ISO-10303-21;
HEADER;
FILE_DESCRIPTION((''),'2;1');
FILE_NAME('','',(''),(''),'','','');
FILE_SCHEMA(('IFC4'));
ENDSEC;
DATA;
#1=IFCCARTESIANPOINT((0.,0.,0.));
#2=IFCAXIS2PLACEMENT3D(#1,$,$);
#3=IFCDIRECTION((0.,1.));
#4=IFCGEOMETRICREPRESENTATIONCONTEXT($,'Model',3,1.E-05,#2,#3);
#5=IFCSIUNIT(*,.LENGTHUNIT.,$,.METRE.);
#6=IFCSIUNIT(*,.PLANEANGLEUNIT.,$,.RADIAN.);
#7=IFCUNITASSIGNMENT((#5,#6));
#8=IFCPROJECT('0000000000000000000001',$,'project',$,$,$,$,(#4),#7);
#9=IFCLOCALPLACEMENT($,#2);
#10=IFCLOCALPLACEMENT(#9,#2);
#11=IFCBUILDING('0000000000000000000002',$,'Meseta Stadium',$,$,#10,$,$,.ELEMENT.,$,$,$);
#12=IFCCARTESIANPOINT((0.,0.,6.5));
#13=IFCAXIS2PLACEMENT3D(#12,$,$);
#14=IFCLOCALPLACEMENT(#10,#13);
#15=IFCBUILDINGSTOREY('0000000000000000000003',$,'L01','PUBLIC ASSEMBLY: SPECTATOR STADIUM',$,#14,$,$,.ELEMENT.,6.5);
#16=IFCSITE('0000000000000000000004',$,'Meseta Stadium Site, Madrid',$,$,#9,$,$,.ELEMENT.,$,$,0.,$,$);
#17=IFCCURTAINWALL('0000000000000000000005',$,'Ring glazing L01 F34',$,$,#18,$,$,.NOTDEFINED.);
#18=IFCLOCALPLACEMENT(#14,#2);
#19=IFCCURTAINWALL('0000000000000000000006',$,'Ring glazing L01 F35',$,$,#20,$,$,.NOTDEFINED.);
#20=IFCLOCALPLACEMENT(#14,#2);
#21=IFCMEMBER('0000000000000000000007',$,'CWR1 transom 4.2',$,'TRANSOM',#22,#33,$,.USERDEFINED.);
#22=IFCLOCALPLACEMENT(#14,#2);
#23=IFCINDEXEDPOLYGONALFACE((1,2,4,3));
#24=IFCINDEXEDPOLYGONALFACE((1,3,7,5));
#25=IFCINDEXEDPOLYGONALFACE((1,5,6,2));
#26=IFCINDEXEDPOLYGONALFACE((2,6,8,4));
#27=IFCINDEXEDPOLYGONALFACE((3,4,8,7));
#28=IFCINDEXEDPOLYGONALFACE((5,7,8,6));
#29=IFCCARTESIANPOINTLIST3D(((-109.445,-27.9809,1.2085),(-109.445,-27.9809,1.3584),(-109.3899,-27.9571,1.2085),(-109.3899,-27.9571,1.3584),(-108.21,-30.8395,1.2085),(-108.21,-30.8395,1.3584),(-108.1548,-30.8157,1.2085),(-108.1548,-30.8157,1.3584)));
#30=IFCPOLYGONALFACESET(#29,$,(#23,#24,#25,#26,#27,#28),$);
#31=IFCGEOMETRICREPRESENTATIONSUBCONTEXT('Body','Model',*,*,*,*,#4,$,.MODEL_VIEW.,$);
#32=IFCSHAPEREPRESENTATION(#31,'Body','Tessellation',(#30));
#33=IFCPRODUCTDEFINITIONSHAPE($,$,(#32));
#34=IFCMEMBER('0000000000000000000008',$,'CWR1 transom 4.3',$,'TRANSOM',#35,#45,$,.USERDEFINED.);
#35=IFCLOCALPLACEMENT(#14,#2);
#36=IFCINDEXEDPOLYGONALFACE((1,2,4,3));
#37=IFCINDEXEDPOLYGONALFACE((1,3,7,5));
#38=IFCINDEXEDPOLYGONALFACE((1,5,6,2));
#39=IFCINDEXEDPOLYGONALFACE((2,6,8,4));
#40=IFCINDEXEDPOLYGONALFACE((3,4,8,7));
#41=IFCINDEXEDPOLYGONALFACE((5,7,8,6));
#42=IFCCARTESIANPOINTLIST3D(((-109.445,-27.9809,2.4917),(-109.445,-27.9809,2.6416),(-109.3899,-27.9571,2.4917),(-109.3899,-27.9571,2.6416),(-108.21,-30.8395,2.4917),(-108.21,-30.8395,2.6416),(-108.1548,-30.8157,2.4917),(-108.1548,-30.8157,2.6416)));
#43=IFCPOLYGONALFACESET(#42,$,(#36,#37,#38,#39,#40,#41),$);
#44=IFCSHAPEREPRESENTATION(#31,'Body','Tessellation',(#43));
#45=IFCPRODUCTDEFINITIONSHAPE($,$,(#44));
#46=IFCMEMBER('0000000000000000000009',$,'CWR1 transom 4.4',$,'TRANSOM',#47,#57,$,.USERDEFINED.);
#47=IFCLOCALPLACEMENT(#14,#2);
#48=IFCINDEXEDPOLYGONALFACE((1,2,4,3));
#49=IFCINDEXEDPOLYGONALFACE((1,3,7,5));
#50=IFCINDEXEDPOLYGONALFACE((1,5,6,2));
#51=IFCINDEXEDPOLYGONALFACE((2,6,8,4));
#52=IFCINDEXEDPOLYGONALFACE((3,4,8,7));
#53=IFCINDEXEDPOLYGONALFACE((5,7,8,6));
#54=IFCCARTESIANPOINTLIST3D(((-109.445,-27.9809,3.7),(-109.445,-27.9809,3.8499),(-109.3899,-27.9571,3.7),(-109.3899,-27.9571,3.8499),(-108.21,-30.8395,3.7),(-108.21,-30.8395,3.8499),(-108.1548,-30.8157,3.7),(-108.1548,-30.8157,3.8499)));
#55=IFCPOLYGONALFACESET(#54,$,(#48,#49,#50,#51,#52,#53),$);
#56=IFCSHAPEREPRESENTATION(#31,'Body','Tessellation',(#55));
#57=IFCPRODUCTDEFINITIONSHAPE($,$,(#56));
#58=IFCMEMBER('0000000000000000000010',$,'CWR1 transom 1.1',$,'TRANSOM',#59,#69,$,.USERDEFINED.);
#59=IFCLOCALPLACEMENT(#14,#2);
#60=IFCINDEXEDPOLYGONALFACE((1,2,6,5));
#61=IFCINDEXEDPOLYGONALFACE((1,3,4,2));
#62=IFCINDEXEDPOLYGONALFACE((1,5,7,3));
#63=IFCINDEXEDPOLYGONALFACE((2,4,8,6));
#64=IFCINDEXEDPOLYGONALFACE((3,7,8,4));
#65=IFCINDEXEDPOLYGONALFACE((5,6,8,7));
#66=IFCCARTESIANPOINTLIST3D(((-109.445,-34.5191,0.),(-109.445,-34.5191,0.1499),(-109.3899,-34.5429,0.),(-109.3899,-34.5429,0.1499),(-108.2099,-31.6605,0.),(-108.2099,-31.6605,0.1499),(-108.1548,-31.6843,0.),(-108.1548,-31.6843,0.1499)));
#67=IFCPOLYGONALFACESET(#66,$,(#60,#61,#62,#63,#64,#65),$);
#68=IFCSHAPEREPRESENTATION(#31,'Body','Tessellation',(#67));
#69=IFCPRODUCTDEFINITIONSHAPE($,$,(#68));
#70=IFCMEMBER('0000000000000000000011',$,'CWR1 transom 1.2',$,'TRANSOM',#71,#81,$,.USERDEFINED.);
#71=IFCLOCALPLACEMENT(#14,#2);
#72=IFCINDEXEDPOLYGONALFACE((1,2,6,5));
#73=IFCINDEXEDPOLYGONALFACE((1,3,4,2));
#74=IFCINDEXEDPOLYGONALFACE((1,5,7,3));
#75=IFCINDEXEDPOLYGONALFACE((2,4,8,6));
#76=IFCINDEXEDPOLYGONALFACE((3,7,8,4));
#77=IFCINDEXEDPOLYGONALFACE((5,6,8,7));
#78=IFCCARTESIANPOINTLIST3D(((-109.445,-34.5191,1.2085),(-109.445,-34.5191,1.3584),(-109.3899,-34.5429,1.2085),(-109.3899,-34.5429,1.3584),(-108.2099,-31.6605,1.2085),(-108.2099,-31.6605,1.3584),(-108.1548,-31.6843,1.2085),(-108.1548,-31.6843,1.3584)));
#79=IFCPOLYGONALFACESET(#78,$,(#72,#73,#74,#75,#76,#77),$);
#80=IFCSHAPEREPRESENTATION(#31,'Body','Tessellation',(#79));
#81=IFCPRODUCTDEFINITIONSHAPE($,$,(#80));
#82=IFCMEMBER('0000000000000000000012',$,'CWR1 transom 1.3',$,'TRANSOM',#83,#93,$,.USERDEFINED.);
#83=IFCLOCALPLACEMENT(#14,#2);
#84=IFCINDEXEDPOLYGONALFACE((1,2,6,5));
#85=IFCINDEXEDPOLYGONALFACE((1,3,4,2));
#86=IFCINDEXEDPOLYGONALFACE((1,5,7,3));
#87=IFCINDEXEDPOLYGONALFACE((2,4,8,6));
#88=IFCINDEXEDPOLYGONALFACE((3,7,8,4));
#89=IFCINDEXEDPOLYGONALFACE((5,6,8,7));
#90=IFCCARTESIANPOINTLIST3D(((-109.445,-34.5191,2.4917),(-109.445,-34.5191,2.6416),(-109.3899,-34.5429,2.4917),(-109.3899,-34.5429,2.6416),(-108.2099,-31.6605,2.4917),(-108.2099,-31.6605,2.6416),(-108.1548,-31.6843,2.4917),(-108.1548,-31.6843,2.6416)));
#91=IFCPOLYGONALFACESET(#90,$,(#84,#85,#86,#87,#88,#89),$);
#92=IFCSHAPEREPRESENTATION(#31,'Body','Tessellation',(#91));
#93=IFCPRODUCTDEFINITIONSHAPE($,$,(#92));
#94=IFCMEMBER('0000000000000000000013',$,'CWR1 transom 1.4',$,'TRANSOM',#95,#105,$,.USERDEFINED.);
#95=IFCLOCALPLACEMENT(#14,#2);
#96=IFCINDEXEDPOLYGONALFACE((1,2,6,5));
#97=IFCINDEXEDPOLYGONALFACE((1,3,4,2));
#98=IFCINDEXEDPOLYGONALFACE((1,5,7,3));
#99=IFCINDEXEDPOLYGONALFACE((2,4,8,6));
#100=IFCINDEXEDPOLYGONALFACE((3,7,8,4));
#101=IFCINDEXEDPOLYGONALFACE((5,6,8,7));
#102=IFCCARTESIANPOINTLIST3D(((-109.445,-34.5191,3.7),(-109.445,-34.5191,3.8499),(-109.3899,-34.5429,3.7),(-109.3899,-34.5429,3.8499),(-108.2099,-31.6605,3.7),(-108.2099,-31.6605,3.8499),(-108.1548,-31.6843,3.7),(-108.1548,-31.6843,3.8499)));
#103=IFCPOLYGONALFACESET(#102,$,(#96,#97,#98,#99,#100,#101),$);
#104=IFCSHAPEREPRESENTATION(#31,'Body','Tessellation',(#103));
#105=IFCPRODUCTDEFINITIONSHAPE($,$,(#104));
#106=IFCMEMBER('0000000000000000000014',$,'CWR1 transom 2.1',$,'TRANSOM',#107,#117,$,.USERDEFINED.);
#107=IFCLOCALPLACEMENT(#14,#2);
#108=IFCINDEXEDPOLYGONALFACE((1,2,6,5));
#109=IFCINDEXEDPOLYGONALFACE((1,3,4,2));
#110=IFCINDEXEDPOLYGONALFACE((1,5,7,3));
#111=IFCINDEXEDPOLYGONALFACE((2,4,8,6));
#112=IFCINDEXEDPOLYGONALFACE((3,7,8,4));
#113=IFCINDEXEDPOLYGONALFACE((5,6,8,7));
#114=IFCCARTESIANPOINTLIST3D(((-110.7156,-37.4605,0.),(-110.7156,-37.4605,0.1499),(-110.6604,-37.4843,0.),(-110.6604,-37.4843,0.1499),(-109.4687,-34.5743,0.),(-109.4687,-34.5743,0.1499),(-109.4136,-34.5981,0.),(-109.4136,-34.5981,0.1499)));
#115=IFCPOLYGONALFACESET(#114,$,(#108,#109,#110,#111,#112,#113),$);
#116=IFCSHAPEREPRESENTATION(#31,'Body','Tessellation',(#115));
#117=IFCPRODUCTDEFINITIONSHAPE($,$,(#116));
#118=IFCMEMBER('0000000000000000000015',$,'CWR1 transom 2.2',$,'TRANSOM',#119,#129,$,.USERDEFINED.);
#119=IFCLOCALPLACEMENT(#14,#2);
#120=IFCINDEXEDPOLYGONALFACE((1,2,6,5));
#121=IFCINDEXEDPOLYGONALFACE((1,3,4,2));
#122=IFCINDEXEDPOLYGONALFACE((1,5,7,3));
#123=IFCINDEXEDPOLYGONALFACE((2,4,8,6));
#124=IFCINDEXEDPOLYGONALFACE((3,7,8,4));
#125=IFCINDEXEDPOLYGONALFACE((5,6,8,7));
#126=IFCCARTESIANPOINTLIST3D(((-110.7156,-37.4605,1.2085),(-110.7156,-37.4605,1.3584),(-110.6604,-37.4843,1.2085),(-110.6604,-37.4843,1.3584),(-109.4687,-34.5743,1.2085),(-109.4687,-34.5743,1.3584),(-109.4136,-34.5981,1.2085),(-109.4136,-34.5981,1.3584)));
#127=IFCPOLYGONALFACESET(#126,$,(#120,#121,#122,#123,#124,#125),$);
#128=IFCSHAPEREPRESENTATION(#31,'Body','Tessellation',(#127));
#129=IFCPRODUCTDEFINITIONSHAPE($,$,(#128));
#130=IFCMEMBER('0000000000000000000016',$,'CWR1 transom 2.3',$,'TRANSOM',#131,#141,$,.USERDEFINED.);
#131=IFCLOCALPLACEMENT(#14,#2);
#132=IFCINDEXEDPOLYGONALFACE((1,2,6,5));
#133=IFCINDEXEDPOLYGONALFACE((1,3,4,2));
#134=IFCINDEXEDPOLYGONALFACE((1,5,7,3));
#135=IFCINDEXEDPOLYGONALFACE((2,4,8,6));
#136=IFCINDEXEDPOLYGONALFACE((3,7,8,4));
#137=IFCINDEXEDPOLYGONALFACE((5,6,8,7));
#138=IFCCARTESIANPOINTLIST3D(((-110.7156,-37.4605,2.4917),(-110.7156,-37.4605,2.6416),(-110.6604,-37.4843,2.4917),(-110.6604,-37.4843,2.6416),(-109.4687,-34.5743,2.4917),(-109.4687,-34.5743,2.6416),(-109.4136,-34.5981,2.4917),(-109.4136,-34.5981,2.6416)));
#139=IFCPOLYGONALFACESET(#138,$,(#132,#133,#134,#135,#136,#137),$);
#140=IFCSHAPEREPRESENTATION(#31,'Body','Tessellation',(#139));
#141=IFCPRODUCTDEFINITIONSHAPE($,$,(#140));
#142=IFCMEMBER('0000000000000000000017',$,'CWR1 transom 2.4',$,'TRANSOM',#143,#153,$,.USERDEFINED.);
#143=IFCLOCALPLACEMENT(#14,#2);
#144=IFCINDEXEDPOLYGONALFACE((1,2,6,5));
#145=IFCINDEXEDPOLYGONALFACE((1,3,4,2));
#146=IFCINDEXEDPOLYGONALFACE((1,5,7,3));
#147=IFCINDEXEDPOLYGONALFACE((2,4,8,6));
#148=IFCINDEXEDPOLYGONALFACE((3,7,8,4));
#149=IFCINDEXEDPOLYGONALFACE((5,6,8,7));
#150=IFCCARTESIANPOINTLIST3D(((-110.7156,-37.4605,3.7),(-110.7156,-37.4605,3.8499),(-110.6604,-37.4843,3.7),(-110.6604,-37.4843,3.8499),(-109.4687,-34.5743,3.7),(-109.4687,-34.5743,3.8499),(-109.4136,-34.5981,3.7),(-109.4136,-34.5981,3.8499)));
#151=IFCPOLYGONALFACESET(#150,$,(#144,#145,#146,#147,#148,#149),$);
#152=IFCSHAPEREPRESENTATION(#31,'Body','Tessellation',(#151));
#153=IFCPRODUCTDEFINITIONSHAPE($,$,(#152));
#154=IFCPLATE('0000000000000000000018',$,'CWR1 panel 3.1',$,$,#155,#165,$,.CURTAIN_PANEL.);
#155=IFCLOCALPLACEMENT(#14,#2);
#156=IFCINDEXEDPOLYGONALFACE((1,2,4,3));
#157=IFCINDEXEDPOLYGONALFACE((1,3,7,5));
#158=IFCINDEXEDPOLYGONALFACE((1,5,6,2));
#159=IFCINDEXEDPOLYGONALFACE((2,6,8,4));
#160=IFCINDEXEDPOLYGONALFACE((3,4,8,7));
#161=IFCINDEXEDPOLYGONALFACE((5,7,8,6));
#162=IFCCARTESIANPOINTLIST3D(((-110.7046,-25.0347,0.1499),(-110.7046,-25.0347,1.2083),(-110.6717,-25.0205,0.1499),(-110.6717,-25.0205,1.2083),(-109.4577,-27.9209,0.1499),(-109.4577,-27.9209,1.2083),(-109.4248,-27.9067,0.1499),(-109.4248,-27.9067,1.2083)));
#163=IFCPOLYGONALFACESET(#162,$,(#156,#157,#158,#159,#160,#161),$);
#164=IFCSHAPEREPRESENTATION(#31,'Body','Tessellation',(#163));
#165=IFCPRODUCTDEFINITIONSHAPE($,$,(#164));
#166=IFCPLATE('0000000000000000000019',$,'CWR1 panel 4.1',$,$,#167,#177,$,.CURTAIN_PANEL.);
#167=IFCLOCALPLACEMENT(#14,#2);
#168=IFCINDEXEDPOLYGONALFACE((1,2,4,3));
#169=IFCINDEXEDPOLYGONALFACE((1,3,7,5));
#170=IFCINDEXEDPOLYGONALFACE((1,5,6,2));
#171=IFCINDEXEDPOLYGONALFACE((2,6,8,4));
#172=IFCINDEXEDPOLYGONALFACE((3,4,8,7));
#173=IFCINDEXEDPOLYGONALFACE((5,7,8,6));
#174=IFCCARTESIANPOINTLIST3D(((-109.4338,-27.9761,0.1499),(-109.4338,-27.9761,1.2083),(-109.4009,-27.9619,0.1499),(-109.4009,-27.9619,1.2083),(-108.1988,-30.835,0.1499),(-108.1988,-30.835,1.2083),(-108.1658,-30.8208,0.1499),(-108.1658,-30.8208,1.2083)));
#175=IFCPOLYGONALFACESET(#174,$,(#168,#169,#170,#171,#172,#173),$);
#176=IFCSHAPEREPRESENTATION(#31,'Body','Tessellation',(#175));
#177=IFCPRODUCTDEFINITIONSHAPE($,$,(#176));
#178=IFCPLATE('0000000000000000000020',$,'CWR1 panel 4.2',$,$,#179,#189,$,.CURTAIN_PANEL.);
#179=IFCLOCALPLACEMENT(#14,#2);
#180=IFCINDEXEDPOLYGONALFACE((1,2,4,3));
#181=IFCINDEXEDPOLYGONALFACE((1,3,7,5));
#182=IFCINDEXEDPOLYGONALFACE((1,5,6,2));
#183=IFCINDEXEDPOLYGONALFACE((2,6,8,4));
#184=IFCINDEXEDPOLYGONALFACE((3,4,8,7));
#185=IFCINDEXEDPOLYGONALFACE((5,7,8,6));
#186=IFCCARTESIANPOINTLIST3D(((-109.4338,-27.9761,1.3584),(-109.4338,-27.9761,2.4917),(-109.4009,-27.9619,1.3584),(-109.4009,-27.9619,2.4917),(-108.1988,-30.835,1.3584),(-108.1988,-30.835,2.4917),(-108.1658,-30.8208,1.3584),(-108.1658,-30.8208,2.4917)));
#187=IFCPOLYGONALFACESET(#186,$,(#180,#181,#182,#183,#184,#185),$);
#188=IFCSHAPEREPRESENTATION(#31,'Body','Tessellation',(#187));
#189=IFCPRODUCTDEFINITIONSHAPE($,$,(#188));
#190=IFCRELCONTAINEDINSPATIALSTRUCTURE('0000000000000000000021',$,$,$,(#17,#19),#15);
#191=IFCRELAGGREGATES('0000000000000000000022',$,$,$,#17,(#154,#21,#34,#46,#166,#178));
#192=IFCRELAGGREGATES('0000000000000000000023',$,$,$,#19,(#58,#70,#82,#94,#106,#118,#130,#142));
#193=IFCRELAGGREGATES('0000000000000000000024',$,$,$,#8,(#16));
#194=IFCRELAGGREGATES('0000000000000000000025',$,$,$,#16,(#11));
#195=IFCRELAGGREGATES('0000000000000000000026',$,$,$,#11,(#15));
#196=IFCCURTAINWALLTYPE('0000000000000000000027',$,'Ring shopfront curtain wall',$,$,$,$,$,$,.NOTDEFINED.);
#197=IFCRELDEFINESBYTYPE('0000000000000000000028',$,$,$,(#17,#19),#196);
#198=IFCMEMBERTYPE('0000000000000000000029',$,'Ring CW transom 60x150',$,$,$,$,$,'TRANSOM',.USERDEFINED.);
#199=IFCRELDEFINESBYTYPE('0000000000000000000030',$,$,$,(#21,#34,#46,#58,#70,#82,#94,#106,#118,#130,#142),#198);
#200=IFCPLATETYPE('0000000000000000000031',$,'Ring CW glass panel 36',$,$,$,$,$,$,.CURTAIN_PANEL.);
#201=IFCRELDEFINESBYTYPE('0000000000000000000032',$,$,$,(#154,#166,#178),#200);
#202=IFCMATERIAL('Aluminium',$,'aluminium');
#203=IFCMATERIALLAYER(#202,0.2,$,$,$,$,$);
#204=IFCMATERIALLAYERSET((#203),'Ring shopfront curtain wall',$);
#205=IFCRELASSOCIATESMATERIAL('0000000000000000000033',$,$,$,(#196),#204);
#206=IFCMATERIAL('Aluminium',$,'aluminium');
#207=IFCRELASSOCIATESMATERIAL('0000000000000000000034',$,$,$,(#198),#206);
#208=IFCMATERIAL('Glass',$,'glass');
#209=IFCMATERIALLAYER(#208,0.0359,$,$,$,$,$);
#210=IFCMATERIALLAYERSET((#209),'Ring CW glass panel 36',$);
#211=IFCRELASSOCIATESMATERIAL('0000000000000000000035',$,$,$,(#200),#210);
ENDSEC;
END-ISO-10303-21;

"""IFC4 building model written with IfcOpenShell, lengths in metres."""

from ifc_helpers import new_model, si_unit, direction, frame, origin, origin_2d, place, context, subcontext, project, spatial, rectangle, extrude, material, layer, layer_set, material_profile, profile_set, type_object, element, aggregate, save


model = new_model("IFC4")

# Units and contexts
model_context = context("Model", 3, precision=1e-05, world=origin(), true_north=direction((0.0, 1.0)))
body_context = subcontext(model_context, "Body", "Model", "MODEL_VIEW")
ifc_project = project(units=[si_unit("LENGTHUNIT", "METRE"), si_unit("PLANEANGLEUNIT", "RADIAN")], contexts=[model_context])

# Site, building, storey
site_placement = place(None, origin())
site = spatial("IfcSite", under=ifc_project, at=site_placement, Name="Meseta Stadium Site, Madrid", CompositionType="ELEMENT", RefElevation=0.0)
building_placement = place(site_placement, origin())
building = spatial("IfcBuilding", under=site, at=building_placement, Name="Meseta Stadium", CompositionType="ELEMENT")
storey_placement = place(building_placement, frame((0.0, 0.0, 6.5)))
storey = spatial("IfcBuildingStorey", under=building, at=storey_placement, Name="L01", Description="PUBLIC ASSEMBLY: SPECTATOR STADIUM", CompositionType="ELEMENT", Elevation=6.5)

# Curtain walls
ifc_material_1 = material(Name="Aluminium", Category="aluminium")
ifc_layer_1 = layer(ifc_material_1, 0.2)
ifc_layer_set_1 = layer_set([ifc_layer_1], Name="Ring shopfront curtain wall")
curtain_wall_type = type_object("IfcCurtainWallType", Name="Ring shopfront curtain wall", PredefinedType="NOTDEFINED", material=ifc_layer_set_1)
curtain_wall_1_placement = place(storey_placement, origin())
curtain_wall_1 = element("IfcCurtainWall", 1, at=curtain_wall_1_placement, inside=storey, type_object=curtain_wall_type, Name="Ring glazing L01 F34", PredefinedType="NOTDEFINED")
curtain_wall_2_placement = place(storey_placement, origin())
curtain_wall_2 = element("IfcCurtainWall", 2, at=curtain_wall_2_placement, inside=storey, type_object=curtain_wall_type, Name="Ring glazing L01 F35", PredefinedType="NOTDEFINED")

# Members
ifc_material_2 = material(Name="Aluminium", Category="aluminium")
ifc_material_profile_1 = material_profile(ifc_material_2, rectangle(XDim=0.0601, YDim=0.1499, at=origin_2d()), Name="CW 60x150")
ifc_profile_set_1 = profile_set([ifc_material_profile_1], Name="Aluminium")
member_type_1 = type_object("IfcMemberType", Name="Ring CW transom 60x150", ElementType="TRANSOM", PredefinedType="USERDEFINED", material=ifc_profile_set_1)
member_1_placement = place(storey_placement, frame((-109.4175, -27.969, 1.2834), z_axis=(0.396624, -0.917981, 0.0), x_axis=(0.917981, 0.396624, 0.0)))
member_1 = element("IfcMember", 3, at=member_1_placement, type_object=member_type_1, Name="CWR1 transom 4.2", ObjectType="TRANSOM", PredefinedType="USERDEFINED", context=body_context, shape_type="SweptSolid", body=[
    extrude(rectangle(XDim=0.0601, YDim=0.1499, at=origin_2d()), origin(), (0.0, 0.0, 1.0), 3.114),
])
member_2_placement = place(storey_placement, frame((-109.4175, -27.969, 2.5667), z_axis=(0.396624, -0.917981, 0.0), x_axis=(0.917981, 0.396624, 0.0)))
member_2 = element("IfcMember", 4, at=member_2_placement, type_object=member_type_1, Name="CWR1 transom 4.3", ObjectType="TRANSOM", PredefinedType="USERDEFINED", context=body_context, shape_type="SweptSolid", body=[
    extrude(rectangle(XDim=0.0601, YDim=0.1499, at=origin_2d()), origin(), (0.0, 0.0, 1.0), 3.114),
])
member_3_placement = place(storey_placement, frame((-109.4175, -27.969, 3.7749), z_axis=(0.396624, -0.917981, 0.0), x_axis=(0.917981, 0.396624, 0.0)))
member_3 = element("IfcMember", 5, at=member_3_placement, type_object=member_type_1, Name="CWR1 transom 4.4", ObjectType="TRANSOM", PredefinedType="USERDEFINED", context=body_context, shape_type="SweptSolid", body=[
    extrude(rectangle(XDim=0.0601, YDim=0.1499, at=origin_2d()), origin(), (0.0, 0.0, 1.0), 3.114),
])
member_4_placement = place(storey_placement, frame((-108.1824, -31.6724, 0.075), z_axis=(-0.396624, -0.917981, 0.0), x_axis=(0.917981, -0.396624, 0.0)))
member_4 = element("IfcMember", 6, at=member_4_placement, type_object=member_type_1, Name="CWR1 transom 1.1", ObjectType="TRANSOM", PredefinedType="USERDEFINED", context=body_context, shape_type="SweptSolid", body=[
    extrude(rectangle(XDim=0.0601, YDim=0.1499, at=origin_2d()), origin(), (0.0, 0.0, 1.0), 3.114),
])
member_5_placement = place(storey_placement, frame((-108.1824, -31.6724, 1.2834), z_axis=(-0.396624, -0.917981, 0.0), x_axis=(0.917981, -0.396624, 0.0)))
member_5 = element("IfcMember", 7, at=member_5_placement, type_object=member_type_1, Name="CWR1 transom 1.2", ObjectType="TRANSOM", PredefinedType="USERDEFINED", context=body_context, shape_type="SweptSolid", body=[
    extrude(rectangle(XDim=0.0601, YDim=0.1499, at=origin_2d()), origin(), (0.0, 0.0, 1.0), 3.114),
])
member_6_placement = place(storey_placement, frame((-108.1824, -31.6724, 2.5667), z_axis=(-0.396624, -0.917981, 0.0), x_axis=(0.917981, -0.396624, 0.0)))
member_6 = element("IfcMember", 8, at=member_6_placement, type_object=member_type_1, Name="CWR1 transom 1.3", ObjectType="TRANSOM", PredefinedType="USERDEFINED", context=body_context, shape_type="SweptSolid", body=[
    extrude(rectangle(XDim=0.0601, YDim=0.1499, at=origin_2d()), origin(), (0.0, 0.0, 1.0), 3.114),
])
member_7_placement = place(storey_placement, frame((-108.1824, -31.6724, 3.7749), z_axis=(-0.396624, -0.917981, 0.0), x_axis=(0.917981, -0.396624, 0.0)))
member_7 = element("IfcMember", 9, at=member_7_placement, type_object=member_type_1, Name="CWR1 transom 1.4", ObjectType="TRANSOM", PredefinedType="USERDEFINED", context=body_context, shape_type="SweptSolid", body=[
    extrude(rectangle(XDim=0.0601, YDim=0.1499, at=origin_2d()), origin(), (0.0, 0.0, 1.0), 3.114),
])
member_8_placement = place(storey_placement, frame((-109.4412, -34.5862, 0.075), z_axis=(-0.39657, -0.918005, 0.0), x_axis=(0.918005, -0.39657, 0.0)))
member_8 = element("IfcMember", 10, at=member_8_placement, type_object=member_type_1, Name="CWR1 transom 2.1", ObjectType="TRANSOM", PredefinedType="USERDEFINED", context=body_context, shape_type="SweptSolid", body=[
    extrude(rectangle(XDim=0.0601, YDim=0.1499, at=origin_2d()), origin(), (0.0, 0.0, 1.0), 3.144),
])
member_9_placement = place(storey_placement, frame((-109.4412, -34.5862, 1.2834), z_axis=(-0.39657, -0.918005, 0.0), x_axis=(0.918005, -0.39657, 0.0)))
member_9 = element("IfcMember", 11, at=member_9_placement, type_object=member_type_1, Name="CWR1 transom 2.2", ObjectType="TRANSOM", PredefinedType="USERDEFINED", context=body_context, shape_type="SweptSolid", body=[
    extrude(rectangle(XDim=0.0601, YDim=0.1499, at=origin_2d()), origin(), (0.0, 0.0, 1.0), 3.144),
])
member_10_placement = place(storey_placement, frame((-109.4412, -34.5862, 2.5667), z_axis=(-0.39657, -0.918005, 0.0), x_axis=(0.918005, -0.39657, 0.0)))
member_10 = element("IfcMember", 12, at=member_10_placement, type_object=member_type_1, Name="CWR1 transom 2.3", ObjectType="TRANSOM", PredefinedType="USERDEFINED", context=body_context, shape_type="SweptSolid", body=[
    extrude(rectangle(XDim=0.0601, YDim=0.1499, at=origin_2d()), origin(), (0.0, 0.0, 1.0), 3.144),
])
member_11_placement = place(storey_placement, frame((-109.4412, -34.5862, 3.7749), z_axis=(-0.39657, -0.918005, 0.0), x_axis=(0.918005, -0.39657, 0.0)))
member_11 = element("IfcMember", 13, at=member_11_placement, type_object=member_type_1, Name="CWR1 transom 2.4", ObjectType="TRANSOM", PredefinedType="USERDEFINED", context=body_context, shape_type="SweptSolid", body=[
    extrude(rectangle(XDim=0.0601, YDim=0.1499, at=origin_2d()), origin(), (0.0, 0.0, 1.0), 3.144),
])

# Plates
ifc_material_3 = material(Name="Glass", Category="glass")
ifc_layer_2 = layer(ifc_material_3, 0.0359)
ifc_layer_set_2 = layer_set([ifc_layer_2], Name="Ring CW glass panel 36")
plate_type_1 = type_object("IfcPlateType", Name="Ring CW glass panel 36", PredefinedType="CURTAIN_PANEL", material=ifc_layer_set_2)
plate_1_placement = place(storey_placement, frame((-110.0647, -26.4707, 0.1499), z_axis=(0.0, 0.0, 1.0), x_axis=(0.396581, -0.918, 0.0)))
plate_1 = element("IfcPlate", 14, at=plate_1_placement, type_object=plate_type_1, Name="CWR1 panel 3.1", PredefinedType="CURTAIN_PANEL", context=body_context, shape_type="SweptSolid", body=[
    extrude(rectangle(XDim=3.144, YDim=0.0359, at=origin_2d()), origin(), (0.0, 0.0, 1.0), 1.0583),
])
plate_2_placement = place(storey_placement, frame((-108.7998, -29.3984, 0.1499), z_axis=(0.0, 0.0, 1.0), x_axis=(0.396581, -0.918, 0.0)))
plate_2 = element("IfcPlate", 15, at=plate_2_placement, type_object=plate_type_1, Name="CWR1 panel 4.1", PredefinedType="CURTAIN_PANEL", context=body_context, shape_type="SweptSolid", body=[
    extrude(rectangle(XDim=3.1143, YDim=0.0359, at=origin_2d()), origin(), (0.0, 0.0, 1.0), 1.0583),
])
plate_3_placement = place(storey_placement, frame((-108.7998, -29.3984, 1.3584), z_axis=(0.0, 0.0, 1.0), x_axis=(0.396581, -0.918, 0.0)))
plate_3 = element("IfcPlate", 16, at=plate_3_placement, type_object=plate_type_1, Name="CWR1 panel 4.2", PredefinedType="CURTAIN_PANEL", context=body_context, shape_type="SweptSolid", body=[
    extrude(rectangle(XDim=3.1143, YDim=0.0359, at=origin_2d()), origin(), (0.0, 0.0, 1.0), 1.1333),
])
aggregate(curtain_wall_1, [plate_1, member_1, member_2, member_3, plate_2, plate_3])
aggregate(curtain_wall_2, [member_4, member_5, member_6, member_7, member_8, member_9, member_10, member_11])

save(model, "model.ifc")
